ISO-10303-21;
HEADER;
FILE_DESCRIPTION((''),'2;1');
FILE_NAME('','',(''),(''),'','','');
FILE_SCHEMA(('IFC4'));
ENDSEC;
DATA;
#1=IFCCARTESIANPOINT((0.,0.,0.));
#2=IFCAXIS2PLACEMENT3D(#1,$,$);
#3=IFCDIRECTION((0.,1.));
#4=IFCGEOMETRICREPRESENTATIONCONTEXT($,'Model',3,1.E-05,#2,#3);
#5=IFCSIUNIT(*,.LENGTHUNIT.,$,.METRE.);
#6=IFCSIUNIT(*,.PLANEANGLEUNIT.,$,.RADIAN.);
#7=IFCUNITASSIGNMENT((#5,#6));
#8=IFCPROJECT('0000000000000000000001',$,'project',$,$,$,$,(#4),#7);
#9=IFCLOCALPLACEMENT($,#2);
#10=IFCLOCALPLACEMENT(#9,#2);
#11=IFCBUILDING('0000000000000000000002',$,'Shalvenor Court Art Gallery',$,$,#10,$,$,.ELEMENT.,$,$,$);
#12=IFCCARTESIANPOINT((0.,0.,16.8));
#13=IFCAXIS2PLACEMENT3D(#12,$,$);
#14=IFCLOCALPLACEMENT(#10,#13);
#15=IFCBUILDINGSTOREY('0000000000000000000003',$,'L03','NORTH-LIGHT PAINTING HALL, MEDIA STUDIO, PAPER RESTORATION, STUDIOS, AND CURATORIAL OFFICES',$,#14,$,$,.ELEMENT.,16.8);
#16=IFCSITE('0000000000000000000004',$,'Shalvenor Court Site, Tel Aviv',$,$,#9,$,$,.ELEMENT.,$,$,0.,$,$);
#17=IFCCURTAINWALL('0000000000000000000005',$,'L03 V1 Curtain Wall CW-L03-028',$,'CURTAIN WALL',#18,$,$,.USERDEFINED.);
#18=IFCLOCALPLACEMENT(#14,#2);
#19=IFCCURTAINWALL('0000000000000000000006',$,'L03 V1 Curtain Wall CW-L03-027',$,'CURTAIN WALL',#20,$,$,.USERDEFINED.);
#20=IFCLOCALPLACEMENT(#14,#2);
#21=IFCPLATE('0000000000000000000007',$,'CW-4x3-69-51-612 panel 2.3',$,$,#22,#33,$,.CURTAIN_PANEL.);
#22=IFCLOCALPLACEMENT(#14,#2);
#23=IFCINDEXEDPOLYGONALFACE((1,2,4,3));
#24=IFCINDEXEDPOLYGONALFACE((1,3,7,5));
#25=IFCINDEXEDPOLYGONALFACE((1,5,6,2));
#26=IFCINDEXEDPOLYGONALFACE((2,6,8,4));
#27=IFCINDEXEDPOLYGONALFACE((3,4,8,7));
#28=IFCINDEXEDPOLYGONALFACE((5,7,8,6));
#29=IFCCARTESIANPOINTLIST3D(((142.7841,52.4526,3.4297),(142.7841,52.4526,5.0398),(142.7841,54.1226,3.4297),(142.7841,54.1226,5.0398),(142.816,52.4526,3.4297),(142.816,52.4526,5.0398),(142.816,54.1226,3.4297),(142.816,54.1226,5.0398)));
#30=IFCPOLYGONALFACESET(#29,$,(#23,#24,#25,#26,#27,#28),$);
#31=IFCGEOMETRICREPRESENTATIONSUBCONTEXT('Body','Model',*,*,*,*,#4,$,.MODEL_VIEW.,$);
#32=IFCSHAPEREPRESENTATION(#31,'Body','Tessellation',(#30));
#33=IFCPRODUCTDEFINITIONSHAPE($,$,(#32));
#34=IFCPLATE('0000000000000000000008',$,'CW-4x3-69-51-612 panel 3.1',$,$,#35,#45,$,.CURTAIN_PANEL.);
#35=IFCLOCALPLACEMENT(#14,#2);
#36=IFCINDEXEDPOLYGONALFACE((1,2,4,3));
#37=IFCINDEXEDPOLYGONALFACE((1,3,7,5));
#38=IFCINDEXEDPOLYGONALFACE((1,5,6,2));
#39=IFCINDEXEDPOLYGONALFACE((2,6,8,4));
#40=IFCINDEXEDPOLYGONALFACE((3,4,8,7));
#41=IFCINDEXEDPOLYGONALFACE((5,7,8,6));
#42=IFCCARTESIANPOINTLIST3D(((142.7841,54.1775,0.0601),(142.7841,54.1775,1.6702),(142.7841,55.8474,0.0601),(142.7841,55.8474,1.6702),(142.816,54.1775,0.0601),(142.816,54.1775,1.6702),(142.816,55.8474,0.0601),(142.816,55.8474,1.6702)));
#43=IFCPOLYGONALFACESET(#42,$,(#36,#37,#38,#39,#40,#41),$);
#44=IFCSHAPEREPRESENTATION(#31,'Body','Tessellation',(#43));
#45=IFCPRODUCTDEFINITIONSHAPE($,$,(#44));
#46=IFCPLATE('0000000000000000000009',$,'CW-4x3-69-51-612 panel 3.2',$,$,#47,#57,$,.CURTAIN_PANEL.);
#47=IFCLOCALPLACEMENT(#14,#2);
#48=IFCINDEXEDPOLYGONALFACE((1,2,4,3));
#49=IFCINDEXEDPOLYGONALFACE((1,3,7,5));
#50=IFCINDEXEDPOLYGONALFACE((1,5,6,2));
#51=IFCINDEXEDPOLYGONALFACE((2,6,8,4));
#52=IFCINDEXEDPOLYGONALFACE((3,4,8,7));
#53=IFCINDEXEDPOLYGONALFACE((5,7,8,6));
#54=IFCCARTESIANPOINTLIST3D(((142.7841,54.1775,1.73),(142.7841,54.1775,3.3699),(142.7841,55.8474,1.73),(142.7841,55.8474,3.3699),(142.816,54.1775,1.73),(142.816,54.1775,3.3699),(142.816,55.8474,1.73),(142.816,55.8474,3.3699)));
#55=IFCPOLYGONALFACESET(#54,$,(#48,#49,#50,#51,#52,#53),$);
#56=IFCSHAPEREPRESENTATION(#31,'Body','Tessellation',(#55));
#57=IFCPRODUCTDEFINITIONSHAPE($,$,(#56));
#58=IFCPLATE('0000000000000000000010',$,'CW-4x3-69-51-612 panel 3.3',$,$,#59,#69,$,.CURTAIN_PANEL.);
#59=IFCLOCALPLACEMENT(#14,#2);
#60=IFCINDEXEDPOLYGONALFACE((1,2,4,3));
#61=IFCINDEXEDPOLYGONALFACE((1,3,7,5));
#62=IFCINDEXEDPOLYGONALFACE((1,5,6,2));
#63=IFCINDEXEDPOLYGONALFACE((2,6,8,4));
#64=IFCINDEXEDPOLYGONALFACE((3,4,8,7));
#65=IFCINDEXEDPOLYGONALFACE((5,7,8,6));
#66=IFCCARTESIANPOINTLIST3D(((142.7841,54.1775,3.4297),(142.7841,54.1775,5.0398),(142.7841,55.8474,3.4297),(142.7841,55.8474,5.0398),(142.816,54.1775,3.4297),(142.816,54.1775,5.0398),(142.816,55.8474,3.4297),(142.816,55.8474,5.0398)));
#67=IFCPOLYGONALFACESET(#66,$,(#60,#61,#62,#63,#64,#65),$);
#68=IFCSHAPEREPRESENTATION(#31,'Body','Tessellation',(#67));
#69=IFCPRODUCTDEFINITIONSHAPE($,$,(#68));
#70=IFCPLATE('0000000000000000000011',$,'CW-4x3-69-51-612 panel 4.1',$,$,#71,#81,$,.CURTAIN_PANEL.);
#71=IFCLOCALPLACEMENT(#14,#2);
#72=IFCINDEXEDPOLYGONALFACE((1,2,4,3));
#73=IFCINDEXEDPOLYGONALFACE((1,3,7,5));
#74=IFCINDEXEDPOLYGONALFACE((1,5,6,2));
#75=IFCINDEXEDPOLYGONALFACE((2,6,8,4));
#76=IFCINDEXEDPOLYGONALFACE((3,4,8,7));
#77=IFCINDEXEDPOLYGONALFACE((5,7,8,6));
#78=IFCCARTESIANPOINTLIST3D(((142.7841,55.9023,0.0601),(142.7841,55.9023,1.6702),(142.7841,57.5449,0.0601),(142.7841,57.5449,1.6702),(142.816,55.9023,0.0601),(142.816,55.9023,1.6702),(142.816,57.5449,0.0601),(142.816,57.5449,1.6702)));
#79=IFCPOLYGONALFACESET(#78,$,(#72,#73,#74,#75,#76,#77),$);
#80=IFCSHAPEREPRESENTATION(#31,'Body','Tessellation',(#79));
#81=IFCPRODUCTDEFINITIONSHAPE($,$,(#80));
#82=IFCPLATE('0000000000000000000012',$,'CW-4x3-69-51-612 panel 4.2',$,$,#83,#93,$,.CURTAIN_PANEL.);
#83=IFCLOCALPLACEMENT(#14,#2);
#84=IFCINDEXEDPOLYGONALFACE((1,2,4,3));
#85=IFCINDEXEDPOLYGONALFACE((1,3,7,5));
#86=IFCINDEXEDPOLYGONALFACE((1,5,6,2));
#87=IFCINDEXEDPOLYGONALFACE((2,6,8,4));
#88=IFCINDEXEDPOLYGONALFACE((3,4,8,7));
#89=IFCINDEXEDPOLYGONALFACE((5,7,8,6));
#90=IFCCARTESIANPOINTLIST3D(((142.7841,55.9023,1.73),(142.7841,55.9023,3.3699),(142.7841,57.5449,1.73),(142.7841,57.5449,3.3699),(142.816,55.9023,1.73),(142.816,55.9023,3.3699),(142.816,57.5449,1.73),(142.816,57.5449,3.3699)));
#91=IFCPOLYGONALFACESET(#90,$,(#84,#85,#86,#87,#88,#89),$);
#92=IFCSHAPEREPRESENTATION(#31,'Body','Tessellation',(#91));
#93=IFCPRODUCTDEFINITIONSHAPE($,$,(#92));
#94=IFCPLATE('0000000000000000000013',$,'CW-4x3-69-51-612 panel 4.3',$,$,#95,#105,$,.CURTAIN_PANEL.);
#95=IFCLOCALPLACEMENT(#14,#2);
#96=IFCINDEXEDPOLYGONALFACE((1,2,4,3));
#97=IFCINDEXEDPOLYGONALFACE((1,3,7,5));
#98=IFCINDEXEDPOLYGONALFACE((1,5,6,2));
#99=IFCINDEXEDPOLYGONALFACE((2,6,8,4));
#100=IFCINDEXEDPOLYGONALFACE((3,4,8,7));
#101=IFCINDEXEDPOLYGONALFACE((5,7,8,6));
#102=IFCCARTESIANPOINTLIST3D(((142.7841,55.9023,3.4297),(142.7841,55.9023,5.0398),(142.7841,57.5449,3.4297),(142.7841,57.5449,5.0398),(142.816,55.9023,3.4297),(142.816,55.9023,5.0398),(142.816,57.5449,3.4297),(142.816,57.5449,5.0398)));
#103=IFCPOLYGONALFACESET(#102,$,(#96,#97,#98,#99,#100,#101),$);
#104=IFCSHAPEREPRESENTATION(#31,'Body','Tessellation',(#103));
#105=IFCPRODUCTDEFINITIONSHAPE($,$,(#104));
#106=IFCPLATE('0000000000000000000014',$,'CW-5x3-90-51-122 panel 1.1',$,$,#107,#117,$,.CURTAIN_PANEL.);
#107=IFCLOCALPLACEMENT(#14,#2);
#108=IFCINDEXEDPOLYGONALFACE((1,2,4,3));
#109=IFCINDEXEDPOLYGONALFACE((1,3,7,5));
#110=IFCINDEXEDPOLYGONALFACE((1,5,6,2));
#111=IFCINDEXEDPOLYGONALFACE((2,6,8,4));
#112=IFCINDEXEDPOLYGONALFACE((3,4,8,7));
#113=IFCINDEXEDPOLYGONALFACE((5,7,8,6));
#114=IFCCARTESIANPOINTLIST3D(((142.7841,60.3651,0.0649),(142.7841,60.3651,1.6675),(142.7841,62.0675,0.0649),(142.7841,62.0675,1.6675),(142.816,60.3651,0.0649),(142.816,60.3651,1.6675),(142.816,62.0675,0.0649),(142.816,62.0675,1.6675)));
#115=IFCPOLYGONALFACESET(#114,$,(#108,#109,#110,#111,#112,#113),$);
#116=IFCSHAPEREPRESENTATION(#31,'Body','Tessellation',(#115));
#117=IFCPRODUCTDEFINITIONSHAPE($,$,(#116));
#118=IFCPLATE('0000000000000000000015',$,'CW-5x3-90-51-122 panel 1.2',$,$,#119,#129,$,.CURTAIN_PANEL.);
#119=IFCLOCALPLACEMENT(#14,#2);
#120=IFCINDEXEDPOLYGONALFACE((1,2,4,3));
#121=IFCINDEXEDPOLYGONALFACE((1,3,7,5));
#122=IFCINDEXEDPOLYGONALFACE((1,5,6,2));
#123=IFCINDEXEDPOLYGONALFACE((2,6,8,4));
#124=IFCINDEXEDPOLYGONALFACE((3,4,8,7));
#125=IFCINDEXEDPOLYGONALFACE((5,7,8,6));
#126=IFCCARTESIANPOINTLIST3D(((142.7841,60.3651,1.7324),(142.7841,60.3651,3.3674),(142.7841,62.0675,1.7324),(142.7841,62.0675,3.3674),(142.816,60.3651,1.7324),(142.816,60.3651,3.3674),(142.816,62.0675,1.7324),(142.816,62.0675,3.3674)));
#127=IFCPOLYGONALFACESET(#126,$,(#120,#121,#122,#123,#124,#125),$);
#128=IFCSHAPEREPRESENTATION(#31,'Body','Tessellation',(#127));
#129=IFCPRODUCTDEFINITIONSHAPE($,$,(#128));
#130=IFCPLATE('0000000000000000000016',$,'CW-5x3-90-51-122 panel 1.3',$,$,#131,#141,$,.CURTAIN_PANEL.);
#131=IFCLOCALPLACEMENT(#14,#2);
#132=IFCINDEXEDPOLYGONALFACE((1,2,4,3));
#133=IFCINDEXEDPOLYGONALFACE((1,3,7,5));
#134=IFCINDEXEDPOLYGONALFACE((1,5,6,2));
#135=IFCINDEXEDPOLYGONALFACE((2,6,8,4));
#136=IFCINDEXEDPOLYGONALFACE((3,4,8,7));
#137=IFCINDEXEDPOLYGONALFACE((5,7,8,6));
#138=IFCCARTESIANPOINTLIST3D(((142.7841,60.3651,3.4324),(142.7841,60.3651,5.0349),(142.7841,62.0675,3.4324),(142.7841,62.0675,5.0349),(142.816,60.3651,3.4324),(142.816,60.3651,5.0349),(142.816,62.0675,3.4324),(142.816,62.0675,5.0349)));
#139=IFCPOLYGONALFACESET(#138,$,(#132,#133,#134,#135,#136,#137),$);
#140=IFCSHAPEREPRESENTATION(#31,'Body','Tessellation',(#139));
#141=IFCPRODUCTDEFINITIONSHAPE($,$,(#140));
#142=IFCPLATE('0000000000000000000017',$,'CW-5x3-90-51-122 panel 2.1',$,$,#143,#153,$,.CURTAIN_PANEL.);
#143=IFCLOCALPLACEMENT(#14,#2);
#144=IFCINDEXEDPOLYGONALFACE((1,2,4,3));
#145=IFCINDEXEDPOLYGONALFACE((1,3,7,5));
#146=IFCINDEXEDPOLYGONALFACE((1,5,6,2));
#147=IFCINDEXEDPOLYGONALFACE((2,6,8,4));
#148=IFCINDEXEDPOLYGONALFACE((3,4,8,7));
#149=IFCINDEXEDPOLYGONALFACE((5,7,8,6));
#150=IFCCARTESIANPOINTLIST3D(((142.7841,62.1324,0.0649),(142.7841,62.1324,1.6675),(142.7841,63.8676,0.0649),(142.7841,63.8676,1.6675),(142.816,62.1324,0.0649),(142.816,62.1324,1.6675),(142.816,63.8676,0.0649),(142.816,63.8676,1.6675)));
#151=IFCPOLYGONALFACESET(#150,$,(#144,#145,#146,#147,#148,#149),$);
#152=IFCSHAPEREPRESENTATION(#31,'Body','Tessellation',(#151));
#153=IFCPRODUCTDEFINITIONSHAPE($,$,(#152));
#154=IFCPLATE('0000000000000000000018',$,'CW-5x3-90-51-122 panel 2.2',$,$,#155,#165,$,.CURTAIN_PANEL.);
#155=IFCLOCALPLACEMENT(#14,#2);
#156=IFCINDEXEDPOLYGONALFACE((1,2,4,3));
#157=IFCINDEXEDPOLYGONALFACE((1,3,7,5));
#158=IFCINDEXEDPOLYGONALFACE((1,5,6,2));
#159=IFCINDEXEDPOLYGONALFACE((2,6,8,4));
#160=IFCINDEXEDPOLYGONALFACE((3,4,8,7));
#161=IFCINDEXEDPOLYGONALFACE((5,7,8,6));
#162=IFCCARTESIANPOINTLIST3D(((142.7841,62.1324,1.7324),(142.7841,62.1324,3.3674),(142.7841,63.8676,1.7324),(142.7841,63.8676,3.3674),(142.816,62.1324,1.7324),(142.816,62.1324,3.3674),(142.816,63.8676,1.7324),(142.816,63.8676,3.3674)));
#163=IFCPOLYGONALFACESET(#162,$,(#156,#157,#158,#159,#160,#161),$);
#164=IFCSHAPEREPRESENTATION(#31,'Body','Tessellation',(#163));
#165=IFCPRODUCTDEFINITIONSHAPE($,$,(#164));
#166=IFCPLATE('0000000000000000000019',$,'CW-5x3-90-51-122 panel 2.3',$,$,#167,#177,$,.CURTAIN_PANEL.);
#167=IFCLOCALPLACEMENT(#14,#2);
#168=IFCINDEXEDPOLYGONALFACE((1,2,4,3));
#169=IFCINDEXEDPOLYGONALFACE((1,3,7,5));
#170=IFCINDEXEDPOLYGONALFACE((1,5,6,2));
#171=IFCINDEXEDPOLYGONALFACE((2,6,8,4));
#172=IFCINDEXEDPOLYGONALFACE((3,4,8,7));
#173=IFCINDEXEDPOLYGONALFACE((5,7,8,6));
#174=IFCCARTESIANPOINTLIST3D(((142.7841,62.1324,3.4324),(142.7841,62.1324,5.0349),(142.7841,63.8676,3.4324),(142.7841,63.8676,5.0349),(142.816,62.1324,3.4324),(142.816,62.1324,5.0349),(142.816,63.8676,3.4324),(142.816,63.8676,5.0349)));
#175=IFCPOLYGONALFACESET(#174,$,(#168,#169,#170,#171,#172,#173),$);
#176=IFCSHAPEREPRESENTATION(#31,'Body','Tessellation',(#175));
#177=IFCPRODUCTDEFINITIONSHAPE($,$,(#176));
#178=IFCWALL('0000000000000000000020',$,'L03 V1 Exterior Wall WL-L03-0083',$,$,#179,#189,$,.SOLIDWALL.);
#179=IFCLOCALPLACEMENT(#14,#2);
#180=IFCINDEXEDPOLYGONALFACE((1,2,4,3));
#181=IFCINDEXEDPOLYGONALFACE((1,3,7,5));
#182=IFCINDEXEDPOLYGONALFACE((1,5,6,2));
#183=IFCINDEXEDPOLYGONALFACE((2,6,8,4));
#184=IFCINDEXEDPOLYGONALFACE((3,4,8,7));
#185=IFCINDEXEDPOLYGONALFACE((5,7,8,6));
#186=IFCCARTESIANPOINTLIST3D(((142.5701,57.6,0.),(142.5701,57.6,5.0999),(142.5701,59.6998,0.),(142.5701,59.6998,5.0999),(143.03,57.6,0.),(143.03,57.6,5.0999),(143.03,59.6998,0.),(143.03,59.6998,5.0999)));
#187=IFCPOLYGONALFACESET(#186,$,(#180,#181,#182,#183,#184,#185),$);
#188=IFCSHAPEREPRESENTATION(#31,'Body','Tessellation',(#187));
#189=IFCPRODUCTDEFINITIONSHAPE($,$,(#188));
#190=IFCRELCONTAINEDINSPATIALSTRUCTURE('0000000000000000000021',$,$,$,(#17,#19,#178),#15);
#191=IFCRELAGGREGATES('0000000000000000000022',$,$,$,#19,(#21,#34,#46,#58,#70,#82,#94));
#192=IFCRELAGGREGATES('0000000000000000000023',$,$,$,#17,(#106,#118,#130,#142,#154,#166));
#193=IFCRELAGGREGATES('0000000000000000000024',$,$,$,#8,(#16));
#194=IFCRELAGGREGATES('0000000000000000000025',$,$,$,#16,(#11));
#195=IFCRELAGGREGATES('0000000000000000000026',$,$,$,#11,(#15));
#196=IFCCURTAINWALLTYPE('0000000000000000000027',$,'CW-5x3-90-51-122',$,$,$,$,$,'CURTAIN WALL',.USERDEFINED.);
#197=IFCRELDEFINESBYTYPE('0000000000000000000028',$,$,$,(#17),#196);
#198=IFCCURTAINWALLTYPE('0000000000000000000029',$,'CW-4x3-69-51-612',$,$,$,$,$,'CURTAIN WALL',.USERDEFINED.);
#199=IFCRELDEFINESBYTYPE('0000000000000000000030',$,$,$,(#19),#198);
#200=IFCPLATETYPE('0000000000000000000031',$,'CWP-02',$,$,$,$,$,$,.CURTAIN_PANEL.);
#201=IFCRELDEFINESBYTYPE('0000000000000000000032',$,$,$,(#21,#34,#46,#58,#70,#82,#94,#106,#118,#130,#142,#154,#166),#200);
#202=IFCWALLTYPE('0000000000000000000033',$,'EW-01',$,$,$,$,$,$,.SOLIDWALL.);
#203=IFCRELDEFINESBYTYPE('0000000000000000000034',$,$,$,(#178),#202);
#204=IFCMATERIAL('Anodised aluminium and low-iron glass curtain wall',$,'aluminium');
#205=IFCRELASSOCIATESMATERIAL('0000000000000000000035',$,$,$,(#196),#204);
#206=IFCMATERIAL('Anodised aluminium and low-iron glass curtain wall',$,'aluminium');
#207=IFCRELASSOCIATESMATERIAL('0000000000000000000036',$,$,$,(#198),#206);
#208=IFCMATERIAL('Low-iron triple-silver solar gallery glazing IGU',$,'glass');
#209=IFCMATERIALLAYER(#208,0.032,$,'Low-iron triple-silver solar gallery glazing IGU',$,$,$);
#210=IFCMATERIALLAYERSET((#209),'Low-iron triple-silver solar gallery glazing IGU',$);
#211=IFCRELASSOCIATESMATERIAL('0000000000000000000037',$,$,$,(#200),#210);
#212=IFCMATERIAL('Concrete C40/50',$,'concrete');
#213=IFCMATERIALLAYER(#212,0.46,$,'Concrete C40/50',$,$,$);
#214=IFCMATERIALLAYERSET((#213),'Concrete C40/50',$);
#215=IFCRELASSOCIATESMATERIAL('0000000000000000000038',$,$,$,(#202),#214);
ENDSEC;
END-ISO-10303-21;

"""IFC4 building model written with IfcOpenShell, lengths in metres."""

from ifc_helpers import new_model, si_unit, direction, frame, frame_2d, origin, origin_2d, place, context, subcontext, project, spatial, rectangle, extrude, material, layer, layer_set, type_object, element, aggregate, save


model = new_model("IFC4")

# Units and contexts
model_context = context("Model", 3, precision=1e-05, world=origin(), true_north=direction((0.0, 1.0)))
body_context = subcontext(model_context, "Body", "Model", "MODEL_VIEW")
ifc_project = project(units=[si_unit("LENGTHUNIT", "METRE"), si_unit("PLANEANGLEUNIT", "RADIAN")], contexts=[model_context])

# Site, building, storey
site_placement = place(None, origin())
site = spatial("IfcSite", under=ifc_project, at=site_placement, Name="Shalvenor Court Site, Tel Aviv", CompositionType="ELEMENT", RefElevation=0.0)
building_placement = place(site_placement, origin())
building = spatial("IfcBuilding", under=site, at=building_placement, Name="Shalvenor Court Art Gallery", CompositionType="ELEMENT")
storey_placement = place(building_placement, frame((0.0, 0.0, 16.8)))
storey = spatial("IfcBuildingStorey", under=building, at=storey_placement, Name="L03", Description="NORTH-LIGHT PAINTING HALL, MEDIA STUDIO, PAPER RESTORATION, STUDIOS, AND CURATORIAL OFFICES", CompositionType="ELEMENT", Elevation=16.8)

# Curtain walls
ifc_material_1 = material(Name="Anodised aluminium and low-iron glass curtain wall", Category="aluminium")
curtain_wall_type_1 = type_object("IfcCurtainWallType", Name="CW-5x3-90-51-122", ElementType="CURTAIN WALL", PredefinedType="USERDEFINED", material=ifc_material_1)
curtain_wall_1_placement = place(storey_placement, origin())
curtain_wall_1 = element("IfcCurtainWall", 1, at=curtain_wall_1_placement, inside=storey, type_object=curtain_wall_type_1, Name="L03 V1 Curtain Wall CW-L03-028", ObjectType="CURTAIN WALL", PredefinedType="USERDEFINED")
ifc_material_2 = material(Name="Anodised aluminium and low-iron glass curtain wall", Category="aluminium")
curtain_wall_type_2 = type_object("IfcCurtainWallType", Name="CW-4x3-69-51-612", ElementType="CURTAIN WALL", PredefinedType="USERDEFINED", material=ifc_material_2)
curtain_wall_2_placement = place(storey_placement, origin())
curtain_wall_2 = element("IfcCurtainWall", 2, at=curtain_wall_2_placement, inside=storey, type_object=curtain_wall_type_2, Name="L03 V1 Curtain Wall CW-L03-027", ObjectType="CURTAIN WALL", PredefinedType="USERDEFINED")

# Plates
ifc_material_3 = material(Name="Low-iron triple-silver solar gallery glazing IGU", Category="glass")
ifc_layer_1 = layer(ifc_material_3, 0.032, Name="Low-iron triple-silver solar gallery glazing IGU")
ifc_layer_set_1 = layer_set([ifc_layer_1], Name="Low-iron triple-silver solar gallery glazing IGU")
plate_type = type_object("IfcPlateType", Name="CWP-02", PredefinedType="CURTAIN_PANEL", material=ifc_layer_set_1)
plate_1_placement = place(storey_placement, frame((142.8, 53.2876, 3.4297), z_axis=(0.0, 0.0, 1.0), x_axis=(0.0, 1.0, 0.0)))
plate_1 = element("IfcPlate", 3, at=plate_1_placement, type_object=plate_type, Name="CW-4x3-69-51-612 panel 2.3", PredefinedType="CURTAIN_PANEL", context=body_context, shape_type="SweptSolid", body=[
    extrude(rectangle(XDim=1.6699, YDim=0.032, at=origin_2d()), origin(), (0.0, 0.0, 1.0), 1.6101),
])
plate_2_placement = place(storey_placement, frame((142.8, 55.0125, 0.0601), z_axis=(0.0, 0.0, 1.0), x_axis=(0.0, 1.0, 0.0)))
plate_2 = element("IfcPlate", 4, at=plate_2_placement, type_object=plate_type, Name="CW-4x3-69-51-612 panel 3.1", PredefinedType="CURTAIN_PANEL", context=body_context, shape_type="SweptSolid", body=[
    extrude(rectangle(XDim=1.6699, YDim=0.032, at=origin_2d()), origin(), (0.0, 0.0, 1.0), 1.6101),
])
plate_3_placement = place(storey_placement, frame((142.8, 55.0125, 1.73), z_axis=(0.0, 0.0, 1.0), x_axis=(0.0, 1.0, 0.0)))
plate_3 = element("IfcPlate", 5, at=plate_3_placement, type_object=plate_type, Name="CW-4x3-69-51-612 panel 3.2", PredefinedType="CURTAIN_PANEL", context=body_context, shape_type="SweptSolid", body=[
    extrude(rectangle(XDim=1.6699, YDim=0.032, at=origin_2d()), origin(), (0.0, 0.0, 1.0), 1.6399),
])
plate_4_placement = place(storey_placement, frame((142.8, 55.0125, 3.4297), z_axis=(0.0, 0.0, 1.0), x_axis=(0.0, 1.0, 0.0)))
plate_4 = element("IfcPlate", 6, at=plate_4_placement, type_object=plate_type, Name="CW-4x3-69-51-612 panel 3.3", PredefinedType="CURTAIN_PANEL", context=body_context, shape_type="SweptSolid", body=[
    extrude(rectangle(XDim=1.6699, YDim=0.032, at=origin_2d()), origin(), (0.0, 0.0, 1.0), 1.6101),
])
plate_5_placement = place(storey_placement, frame((142.8, 56.7236, 0.0601), z_axis=(0.0, 0.0, 1.0), x_axis=(0.0, 1.0, 0.0)))
plate_5 = element("IfcPlate", 7, at=plate_5_placement, type_object=plate_type, Name="CW-4x3-69-51-612 panel 4.1", PredefinedType="CURTAIN_PANEL", context=body_context, shape_type="SweptSolid", body=[
    extrude(rectangle(XDim=1.6426, YDim=0.032, at=origin_2d()), origin(), (0.0, 0.0, 1.0), 1.6101),
])
plate_6_placement = place(storey_placement, frame((142.8, 56.7236, 1.73), z_axis=(0.0, 0.0, 1.0), x_axis=(0.0, 1.0, 0.0)))
plate_6 = element("IfcPlate", 8, at=plate_6_placement, type_object=plate_type, Name="CW-4x3-69-51-612 panel 4.2", PredefinedType="CURTAIN_PANEL", context=body_context, shape_type="SweptSolid", body=[
    extrude(rectangle(XDim=1.6426, YDim=0.032, at=origin_2d()), origin(), (0.0, 0.0, 1.0), 1.6399),
])
plate_7_placement = place(storey_placement, frame((142.8, 56.7236, 3.4297), z_axis=(0.0, 0.0, 1.0), x_axis=(0.0, 1.0, 0.0)))
plate_7 = element("IfcPlate", 9, at=plate_7_placement, type_object=plate_type, Name="CW-4x3-69-51-612 panel 4.3", PredefinedType="CURTAIN_PANEL", context=body_context, shape_type="SweptSolid", body=[
    extrude(rectangle(XDim=1.6426, YDim=0.032, at=origin_2d()), origin(), (0.0, 0.0, 1.0), 1.6101),
])
aggregate(curtain_wall_2, [plate_1, plate_2, plate_3, plate_4, plate_5, plate_6, plate_7])
plate_8_placement = place(storey_placement, frame((142.8, 61.2163, 0.0649), z_axis=(0.0, 0.0, 1.0), x_axis=(0.0, 1.0, 0.0)))
plate_8 = element("IfcPlate", 10, at=plate_8_placement, type_object=plate_type, Name="CW-5x3-90-51-122 panel 1.1", PredefinedType="CURTAIN_PANEL", context=body_context, shape_type="SweptSolid", body=[
    extrude(rectangle(XDim=1.7024, YDim=0.032, at=origin_2d()), origin(), (0.0, 0.0, 1.0), 1.6025),
])
plate_9_placement = place(storey_placement, frame((142.8, 61.2163, 1.7324), z_axis=(0.0, 0.0, 1.0), x_axis=(0.0, 1.0, 0.0)))
plate_9 = element("IfcPlate", 11, at=plate_9_placement, type_object=plate_type, Name="CW-5x3-90-51-122 panel 1.2", PredefinedType="CURTAIN_PANEL", context=body_context, shape_type="SweptSolid", body=[
    extrude(rectangle(XDim=1.7024, YDim=0.032, at=origin_2d()), origin(), (0.0, 0.0, 1.0), 1.635),
])
plate_10_placement = place(storey_placement, frame((142.8, 61.2163, 3.4324), z_axis=(0.0, 0.0, 1.0), x_axis=(0.0, 1.0, 0.0)))
plate_10 = element("IfcPlate", 12, at=plate_10_placement, type_object=plate_type, Name="CW-5x3-90-51-122 panel 1.3", PredefinedType="CURTAIN_PANEL", context=body_context, shape_type="SweptSolid", body=[
    extrude(rectangle(XDim=1.7024, YDim=0.032, at=origin_2d()), origin(), (0.0, 0.0, 1.0), 1.6025),
])
plate_11_placement = place(storey_placement, frame((142.8, 63.0, 0.0649), z_axis=(0.0, 0.0, 1.0), x_axis=(0.0, 1.0, 0.0)))
plate_11 = element("IfcPlate", 13, at=plate_11_placement, type_object=plate_type, Name="CW-5x3-90-51-122 panel 2.1", PredefinedType="CURTAIN_PANEL", context=body_context, shape_type="SweptSolid", body=[
    extrude(rectangle(XDim=1.7351, YDim=0.032, at=origin_2d()), origin(), (0.0, 0.0, 1.0), 1.6025),
])
plate_12_placement = place(storey_placement, frame((142.8, 63.0, 1.7324), z_axis=(0.0, 0.0, 1.0), x_axis=(0.0, 1.0, 0.0)))
plate_12 = element("IfcPlate", 14, at=plate_12_placement, type_object=plate_type, Name="CW-5x3-90-51-122 panel 2.2", PredefinedType="CURTAIN_PANEL", context=body_context, shape_type="SweptSolid", body=[
    extrude(rectangle(XDim=1.7351, YDim=0.032, at=origin_2d()), origin(), (0.0, 0.0, 1.0), 1.635),
])
plate_13_placement = place(storey_placement, frame((142.8, 63.0, 3.4324), z_axis=(0.0, 0.0, 1.0), x_axis=(0.0, 1.0, 0.0)))
plate_13 = element("IfcPlate", 15, at=plate_13_placement, type_object=plate_type, Name="CW-5x3-90-51-122 panel 2.3", PredefinedType="CURTAIN_PANEL", context=body_context, shape_type="SweptSolid", body=[
    extrude(rectangle(XDim=1.7351, YDim=0.032, at=origin_2d()), origin(), (0.0, 0.0, 1.0), 1.6025),
])
aggregate(curtain_wall_1, [plate_8, plate_9, plate_10, plate_11, plate_12, plate_13])

# Wall
ifc_material_4 = material(Name="Concrete C40/50", Category="concrete")
ifc_layer_2 = layer(ifc_material_4, 0.46, Name="Concrete C40/50")
ifc_layer_set_2 = layer_set([ifc_layer_2], Name="Concrete C40/50")
wall_type = type_object("IfcWallType", Name="EW-01", PredefinedType="SOLIDWALL", material=ifc_layer_set_2)
wall_placement = place(storey_placement, frame((142.8, 57.6001, 0.0), z_axis=(0.0, 0.0, 1.0), x_axis=(0.0, 1.0, 0.0)))
element("IfcWall", 16, at=wall_placement, inside=storey, type_object=wall_type, Name="L03 V1 Exterior Wall WL-L03-0083", PredefinedType="SOLIDWALL", context=body_context, shape_type="SweptSolid", body=[
    extrude(rectangle(XDim=2.0999, YDim=0.46, at=frame_2d((1.0498, 0.0))), origin(), (0.0, 0.0, 1.0), 5.0999),
])

save(model, "model.ifc")
